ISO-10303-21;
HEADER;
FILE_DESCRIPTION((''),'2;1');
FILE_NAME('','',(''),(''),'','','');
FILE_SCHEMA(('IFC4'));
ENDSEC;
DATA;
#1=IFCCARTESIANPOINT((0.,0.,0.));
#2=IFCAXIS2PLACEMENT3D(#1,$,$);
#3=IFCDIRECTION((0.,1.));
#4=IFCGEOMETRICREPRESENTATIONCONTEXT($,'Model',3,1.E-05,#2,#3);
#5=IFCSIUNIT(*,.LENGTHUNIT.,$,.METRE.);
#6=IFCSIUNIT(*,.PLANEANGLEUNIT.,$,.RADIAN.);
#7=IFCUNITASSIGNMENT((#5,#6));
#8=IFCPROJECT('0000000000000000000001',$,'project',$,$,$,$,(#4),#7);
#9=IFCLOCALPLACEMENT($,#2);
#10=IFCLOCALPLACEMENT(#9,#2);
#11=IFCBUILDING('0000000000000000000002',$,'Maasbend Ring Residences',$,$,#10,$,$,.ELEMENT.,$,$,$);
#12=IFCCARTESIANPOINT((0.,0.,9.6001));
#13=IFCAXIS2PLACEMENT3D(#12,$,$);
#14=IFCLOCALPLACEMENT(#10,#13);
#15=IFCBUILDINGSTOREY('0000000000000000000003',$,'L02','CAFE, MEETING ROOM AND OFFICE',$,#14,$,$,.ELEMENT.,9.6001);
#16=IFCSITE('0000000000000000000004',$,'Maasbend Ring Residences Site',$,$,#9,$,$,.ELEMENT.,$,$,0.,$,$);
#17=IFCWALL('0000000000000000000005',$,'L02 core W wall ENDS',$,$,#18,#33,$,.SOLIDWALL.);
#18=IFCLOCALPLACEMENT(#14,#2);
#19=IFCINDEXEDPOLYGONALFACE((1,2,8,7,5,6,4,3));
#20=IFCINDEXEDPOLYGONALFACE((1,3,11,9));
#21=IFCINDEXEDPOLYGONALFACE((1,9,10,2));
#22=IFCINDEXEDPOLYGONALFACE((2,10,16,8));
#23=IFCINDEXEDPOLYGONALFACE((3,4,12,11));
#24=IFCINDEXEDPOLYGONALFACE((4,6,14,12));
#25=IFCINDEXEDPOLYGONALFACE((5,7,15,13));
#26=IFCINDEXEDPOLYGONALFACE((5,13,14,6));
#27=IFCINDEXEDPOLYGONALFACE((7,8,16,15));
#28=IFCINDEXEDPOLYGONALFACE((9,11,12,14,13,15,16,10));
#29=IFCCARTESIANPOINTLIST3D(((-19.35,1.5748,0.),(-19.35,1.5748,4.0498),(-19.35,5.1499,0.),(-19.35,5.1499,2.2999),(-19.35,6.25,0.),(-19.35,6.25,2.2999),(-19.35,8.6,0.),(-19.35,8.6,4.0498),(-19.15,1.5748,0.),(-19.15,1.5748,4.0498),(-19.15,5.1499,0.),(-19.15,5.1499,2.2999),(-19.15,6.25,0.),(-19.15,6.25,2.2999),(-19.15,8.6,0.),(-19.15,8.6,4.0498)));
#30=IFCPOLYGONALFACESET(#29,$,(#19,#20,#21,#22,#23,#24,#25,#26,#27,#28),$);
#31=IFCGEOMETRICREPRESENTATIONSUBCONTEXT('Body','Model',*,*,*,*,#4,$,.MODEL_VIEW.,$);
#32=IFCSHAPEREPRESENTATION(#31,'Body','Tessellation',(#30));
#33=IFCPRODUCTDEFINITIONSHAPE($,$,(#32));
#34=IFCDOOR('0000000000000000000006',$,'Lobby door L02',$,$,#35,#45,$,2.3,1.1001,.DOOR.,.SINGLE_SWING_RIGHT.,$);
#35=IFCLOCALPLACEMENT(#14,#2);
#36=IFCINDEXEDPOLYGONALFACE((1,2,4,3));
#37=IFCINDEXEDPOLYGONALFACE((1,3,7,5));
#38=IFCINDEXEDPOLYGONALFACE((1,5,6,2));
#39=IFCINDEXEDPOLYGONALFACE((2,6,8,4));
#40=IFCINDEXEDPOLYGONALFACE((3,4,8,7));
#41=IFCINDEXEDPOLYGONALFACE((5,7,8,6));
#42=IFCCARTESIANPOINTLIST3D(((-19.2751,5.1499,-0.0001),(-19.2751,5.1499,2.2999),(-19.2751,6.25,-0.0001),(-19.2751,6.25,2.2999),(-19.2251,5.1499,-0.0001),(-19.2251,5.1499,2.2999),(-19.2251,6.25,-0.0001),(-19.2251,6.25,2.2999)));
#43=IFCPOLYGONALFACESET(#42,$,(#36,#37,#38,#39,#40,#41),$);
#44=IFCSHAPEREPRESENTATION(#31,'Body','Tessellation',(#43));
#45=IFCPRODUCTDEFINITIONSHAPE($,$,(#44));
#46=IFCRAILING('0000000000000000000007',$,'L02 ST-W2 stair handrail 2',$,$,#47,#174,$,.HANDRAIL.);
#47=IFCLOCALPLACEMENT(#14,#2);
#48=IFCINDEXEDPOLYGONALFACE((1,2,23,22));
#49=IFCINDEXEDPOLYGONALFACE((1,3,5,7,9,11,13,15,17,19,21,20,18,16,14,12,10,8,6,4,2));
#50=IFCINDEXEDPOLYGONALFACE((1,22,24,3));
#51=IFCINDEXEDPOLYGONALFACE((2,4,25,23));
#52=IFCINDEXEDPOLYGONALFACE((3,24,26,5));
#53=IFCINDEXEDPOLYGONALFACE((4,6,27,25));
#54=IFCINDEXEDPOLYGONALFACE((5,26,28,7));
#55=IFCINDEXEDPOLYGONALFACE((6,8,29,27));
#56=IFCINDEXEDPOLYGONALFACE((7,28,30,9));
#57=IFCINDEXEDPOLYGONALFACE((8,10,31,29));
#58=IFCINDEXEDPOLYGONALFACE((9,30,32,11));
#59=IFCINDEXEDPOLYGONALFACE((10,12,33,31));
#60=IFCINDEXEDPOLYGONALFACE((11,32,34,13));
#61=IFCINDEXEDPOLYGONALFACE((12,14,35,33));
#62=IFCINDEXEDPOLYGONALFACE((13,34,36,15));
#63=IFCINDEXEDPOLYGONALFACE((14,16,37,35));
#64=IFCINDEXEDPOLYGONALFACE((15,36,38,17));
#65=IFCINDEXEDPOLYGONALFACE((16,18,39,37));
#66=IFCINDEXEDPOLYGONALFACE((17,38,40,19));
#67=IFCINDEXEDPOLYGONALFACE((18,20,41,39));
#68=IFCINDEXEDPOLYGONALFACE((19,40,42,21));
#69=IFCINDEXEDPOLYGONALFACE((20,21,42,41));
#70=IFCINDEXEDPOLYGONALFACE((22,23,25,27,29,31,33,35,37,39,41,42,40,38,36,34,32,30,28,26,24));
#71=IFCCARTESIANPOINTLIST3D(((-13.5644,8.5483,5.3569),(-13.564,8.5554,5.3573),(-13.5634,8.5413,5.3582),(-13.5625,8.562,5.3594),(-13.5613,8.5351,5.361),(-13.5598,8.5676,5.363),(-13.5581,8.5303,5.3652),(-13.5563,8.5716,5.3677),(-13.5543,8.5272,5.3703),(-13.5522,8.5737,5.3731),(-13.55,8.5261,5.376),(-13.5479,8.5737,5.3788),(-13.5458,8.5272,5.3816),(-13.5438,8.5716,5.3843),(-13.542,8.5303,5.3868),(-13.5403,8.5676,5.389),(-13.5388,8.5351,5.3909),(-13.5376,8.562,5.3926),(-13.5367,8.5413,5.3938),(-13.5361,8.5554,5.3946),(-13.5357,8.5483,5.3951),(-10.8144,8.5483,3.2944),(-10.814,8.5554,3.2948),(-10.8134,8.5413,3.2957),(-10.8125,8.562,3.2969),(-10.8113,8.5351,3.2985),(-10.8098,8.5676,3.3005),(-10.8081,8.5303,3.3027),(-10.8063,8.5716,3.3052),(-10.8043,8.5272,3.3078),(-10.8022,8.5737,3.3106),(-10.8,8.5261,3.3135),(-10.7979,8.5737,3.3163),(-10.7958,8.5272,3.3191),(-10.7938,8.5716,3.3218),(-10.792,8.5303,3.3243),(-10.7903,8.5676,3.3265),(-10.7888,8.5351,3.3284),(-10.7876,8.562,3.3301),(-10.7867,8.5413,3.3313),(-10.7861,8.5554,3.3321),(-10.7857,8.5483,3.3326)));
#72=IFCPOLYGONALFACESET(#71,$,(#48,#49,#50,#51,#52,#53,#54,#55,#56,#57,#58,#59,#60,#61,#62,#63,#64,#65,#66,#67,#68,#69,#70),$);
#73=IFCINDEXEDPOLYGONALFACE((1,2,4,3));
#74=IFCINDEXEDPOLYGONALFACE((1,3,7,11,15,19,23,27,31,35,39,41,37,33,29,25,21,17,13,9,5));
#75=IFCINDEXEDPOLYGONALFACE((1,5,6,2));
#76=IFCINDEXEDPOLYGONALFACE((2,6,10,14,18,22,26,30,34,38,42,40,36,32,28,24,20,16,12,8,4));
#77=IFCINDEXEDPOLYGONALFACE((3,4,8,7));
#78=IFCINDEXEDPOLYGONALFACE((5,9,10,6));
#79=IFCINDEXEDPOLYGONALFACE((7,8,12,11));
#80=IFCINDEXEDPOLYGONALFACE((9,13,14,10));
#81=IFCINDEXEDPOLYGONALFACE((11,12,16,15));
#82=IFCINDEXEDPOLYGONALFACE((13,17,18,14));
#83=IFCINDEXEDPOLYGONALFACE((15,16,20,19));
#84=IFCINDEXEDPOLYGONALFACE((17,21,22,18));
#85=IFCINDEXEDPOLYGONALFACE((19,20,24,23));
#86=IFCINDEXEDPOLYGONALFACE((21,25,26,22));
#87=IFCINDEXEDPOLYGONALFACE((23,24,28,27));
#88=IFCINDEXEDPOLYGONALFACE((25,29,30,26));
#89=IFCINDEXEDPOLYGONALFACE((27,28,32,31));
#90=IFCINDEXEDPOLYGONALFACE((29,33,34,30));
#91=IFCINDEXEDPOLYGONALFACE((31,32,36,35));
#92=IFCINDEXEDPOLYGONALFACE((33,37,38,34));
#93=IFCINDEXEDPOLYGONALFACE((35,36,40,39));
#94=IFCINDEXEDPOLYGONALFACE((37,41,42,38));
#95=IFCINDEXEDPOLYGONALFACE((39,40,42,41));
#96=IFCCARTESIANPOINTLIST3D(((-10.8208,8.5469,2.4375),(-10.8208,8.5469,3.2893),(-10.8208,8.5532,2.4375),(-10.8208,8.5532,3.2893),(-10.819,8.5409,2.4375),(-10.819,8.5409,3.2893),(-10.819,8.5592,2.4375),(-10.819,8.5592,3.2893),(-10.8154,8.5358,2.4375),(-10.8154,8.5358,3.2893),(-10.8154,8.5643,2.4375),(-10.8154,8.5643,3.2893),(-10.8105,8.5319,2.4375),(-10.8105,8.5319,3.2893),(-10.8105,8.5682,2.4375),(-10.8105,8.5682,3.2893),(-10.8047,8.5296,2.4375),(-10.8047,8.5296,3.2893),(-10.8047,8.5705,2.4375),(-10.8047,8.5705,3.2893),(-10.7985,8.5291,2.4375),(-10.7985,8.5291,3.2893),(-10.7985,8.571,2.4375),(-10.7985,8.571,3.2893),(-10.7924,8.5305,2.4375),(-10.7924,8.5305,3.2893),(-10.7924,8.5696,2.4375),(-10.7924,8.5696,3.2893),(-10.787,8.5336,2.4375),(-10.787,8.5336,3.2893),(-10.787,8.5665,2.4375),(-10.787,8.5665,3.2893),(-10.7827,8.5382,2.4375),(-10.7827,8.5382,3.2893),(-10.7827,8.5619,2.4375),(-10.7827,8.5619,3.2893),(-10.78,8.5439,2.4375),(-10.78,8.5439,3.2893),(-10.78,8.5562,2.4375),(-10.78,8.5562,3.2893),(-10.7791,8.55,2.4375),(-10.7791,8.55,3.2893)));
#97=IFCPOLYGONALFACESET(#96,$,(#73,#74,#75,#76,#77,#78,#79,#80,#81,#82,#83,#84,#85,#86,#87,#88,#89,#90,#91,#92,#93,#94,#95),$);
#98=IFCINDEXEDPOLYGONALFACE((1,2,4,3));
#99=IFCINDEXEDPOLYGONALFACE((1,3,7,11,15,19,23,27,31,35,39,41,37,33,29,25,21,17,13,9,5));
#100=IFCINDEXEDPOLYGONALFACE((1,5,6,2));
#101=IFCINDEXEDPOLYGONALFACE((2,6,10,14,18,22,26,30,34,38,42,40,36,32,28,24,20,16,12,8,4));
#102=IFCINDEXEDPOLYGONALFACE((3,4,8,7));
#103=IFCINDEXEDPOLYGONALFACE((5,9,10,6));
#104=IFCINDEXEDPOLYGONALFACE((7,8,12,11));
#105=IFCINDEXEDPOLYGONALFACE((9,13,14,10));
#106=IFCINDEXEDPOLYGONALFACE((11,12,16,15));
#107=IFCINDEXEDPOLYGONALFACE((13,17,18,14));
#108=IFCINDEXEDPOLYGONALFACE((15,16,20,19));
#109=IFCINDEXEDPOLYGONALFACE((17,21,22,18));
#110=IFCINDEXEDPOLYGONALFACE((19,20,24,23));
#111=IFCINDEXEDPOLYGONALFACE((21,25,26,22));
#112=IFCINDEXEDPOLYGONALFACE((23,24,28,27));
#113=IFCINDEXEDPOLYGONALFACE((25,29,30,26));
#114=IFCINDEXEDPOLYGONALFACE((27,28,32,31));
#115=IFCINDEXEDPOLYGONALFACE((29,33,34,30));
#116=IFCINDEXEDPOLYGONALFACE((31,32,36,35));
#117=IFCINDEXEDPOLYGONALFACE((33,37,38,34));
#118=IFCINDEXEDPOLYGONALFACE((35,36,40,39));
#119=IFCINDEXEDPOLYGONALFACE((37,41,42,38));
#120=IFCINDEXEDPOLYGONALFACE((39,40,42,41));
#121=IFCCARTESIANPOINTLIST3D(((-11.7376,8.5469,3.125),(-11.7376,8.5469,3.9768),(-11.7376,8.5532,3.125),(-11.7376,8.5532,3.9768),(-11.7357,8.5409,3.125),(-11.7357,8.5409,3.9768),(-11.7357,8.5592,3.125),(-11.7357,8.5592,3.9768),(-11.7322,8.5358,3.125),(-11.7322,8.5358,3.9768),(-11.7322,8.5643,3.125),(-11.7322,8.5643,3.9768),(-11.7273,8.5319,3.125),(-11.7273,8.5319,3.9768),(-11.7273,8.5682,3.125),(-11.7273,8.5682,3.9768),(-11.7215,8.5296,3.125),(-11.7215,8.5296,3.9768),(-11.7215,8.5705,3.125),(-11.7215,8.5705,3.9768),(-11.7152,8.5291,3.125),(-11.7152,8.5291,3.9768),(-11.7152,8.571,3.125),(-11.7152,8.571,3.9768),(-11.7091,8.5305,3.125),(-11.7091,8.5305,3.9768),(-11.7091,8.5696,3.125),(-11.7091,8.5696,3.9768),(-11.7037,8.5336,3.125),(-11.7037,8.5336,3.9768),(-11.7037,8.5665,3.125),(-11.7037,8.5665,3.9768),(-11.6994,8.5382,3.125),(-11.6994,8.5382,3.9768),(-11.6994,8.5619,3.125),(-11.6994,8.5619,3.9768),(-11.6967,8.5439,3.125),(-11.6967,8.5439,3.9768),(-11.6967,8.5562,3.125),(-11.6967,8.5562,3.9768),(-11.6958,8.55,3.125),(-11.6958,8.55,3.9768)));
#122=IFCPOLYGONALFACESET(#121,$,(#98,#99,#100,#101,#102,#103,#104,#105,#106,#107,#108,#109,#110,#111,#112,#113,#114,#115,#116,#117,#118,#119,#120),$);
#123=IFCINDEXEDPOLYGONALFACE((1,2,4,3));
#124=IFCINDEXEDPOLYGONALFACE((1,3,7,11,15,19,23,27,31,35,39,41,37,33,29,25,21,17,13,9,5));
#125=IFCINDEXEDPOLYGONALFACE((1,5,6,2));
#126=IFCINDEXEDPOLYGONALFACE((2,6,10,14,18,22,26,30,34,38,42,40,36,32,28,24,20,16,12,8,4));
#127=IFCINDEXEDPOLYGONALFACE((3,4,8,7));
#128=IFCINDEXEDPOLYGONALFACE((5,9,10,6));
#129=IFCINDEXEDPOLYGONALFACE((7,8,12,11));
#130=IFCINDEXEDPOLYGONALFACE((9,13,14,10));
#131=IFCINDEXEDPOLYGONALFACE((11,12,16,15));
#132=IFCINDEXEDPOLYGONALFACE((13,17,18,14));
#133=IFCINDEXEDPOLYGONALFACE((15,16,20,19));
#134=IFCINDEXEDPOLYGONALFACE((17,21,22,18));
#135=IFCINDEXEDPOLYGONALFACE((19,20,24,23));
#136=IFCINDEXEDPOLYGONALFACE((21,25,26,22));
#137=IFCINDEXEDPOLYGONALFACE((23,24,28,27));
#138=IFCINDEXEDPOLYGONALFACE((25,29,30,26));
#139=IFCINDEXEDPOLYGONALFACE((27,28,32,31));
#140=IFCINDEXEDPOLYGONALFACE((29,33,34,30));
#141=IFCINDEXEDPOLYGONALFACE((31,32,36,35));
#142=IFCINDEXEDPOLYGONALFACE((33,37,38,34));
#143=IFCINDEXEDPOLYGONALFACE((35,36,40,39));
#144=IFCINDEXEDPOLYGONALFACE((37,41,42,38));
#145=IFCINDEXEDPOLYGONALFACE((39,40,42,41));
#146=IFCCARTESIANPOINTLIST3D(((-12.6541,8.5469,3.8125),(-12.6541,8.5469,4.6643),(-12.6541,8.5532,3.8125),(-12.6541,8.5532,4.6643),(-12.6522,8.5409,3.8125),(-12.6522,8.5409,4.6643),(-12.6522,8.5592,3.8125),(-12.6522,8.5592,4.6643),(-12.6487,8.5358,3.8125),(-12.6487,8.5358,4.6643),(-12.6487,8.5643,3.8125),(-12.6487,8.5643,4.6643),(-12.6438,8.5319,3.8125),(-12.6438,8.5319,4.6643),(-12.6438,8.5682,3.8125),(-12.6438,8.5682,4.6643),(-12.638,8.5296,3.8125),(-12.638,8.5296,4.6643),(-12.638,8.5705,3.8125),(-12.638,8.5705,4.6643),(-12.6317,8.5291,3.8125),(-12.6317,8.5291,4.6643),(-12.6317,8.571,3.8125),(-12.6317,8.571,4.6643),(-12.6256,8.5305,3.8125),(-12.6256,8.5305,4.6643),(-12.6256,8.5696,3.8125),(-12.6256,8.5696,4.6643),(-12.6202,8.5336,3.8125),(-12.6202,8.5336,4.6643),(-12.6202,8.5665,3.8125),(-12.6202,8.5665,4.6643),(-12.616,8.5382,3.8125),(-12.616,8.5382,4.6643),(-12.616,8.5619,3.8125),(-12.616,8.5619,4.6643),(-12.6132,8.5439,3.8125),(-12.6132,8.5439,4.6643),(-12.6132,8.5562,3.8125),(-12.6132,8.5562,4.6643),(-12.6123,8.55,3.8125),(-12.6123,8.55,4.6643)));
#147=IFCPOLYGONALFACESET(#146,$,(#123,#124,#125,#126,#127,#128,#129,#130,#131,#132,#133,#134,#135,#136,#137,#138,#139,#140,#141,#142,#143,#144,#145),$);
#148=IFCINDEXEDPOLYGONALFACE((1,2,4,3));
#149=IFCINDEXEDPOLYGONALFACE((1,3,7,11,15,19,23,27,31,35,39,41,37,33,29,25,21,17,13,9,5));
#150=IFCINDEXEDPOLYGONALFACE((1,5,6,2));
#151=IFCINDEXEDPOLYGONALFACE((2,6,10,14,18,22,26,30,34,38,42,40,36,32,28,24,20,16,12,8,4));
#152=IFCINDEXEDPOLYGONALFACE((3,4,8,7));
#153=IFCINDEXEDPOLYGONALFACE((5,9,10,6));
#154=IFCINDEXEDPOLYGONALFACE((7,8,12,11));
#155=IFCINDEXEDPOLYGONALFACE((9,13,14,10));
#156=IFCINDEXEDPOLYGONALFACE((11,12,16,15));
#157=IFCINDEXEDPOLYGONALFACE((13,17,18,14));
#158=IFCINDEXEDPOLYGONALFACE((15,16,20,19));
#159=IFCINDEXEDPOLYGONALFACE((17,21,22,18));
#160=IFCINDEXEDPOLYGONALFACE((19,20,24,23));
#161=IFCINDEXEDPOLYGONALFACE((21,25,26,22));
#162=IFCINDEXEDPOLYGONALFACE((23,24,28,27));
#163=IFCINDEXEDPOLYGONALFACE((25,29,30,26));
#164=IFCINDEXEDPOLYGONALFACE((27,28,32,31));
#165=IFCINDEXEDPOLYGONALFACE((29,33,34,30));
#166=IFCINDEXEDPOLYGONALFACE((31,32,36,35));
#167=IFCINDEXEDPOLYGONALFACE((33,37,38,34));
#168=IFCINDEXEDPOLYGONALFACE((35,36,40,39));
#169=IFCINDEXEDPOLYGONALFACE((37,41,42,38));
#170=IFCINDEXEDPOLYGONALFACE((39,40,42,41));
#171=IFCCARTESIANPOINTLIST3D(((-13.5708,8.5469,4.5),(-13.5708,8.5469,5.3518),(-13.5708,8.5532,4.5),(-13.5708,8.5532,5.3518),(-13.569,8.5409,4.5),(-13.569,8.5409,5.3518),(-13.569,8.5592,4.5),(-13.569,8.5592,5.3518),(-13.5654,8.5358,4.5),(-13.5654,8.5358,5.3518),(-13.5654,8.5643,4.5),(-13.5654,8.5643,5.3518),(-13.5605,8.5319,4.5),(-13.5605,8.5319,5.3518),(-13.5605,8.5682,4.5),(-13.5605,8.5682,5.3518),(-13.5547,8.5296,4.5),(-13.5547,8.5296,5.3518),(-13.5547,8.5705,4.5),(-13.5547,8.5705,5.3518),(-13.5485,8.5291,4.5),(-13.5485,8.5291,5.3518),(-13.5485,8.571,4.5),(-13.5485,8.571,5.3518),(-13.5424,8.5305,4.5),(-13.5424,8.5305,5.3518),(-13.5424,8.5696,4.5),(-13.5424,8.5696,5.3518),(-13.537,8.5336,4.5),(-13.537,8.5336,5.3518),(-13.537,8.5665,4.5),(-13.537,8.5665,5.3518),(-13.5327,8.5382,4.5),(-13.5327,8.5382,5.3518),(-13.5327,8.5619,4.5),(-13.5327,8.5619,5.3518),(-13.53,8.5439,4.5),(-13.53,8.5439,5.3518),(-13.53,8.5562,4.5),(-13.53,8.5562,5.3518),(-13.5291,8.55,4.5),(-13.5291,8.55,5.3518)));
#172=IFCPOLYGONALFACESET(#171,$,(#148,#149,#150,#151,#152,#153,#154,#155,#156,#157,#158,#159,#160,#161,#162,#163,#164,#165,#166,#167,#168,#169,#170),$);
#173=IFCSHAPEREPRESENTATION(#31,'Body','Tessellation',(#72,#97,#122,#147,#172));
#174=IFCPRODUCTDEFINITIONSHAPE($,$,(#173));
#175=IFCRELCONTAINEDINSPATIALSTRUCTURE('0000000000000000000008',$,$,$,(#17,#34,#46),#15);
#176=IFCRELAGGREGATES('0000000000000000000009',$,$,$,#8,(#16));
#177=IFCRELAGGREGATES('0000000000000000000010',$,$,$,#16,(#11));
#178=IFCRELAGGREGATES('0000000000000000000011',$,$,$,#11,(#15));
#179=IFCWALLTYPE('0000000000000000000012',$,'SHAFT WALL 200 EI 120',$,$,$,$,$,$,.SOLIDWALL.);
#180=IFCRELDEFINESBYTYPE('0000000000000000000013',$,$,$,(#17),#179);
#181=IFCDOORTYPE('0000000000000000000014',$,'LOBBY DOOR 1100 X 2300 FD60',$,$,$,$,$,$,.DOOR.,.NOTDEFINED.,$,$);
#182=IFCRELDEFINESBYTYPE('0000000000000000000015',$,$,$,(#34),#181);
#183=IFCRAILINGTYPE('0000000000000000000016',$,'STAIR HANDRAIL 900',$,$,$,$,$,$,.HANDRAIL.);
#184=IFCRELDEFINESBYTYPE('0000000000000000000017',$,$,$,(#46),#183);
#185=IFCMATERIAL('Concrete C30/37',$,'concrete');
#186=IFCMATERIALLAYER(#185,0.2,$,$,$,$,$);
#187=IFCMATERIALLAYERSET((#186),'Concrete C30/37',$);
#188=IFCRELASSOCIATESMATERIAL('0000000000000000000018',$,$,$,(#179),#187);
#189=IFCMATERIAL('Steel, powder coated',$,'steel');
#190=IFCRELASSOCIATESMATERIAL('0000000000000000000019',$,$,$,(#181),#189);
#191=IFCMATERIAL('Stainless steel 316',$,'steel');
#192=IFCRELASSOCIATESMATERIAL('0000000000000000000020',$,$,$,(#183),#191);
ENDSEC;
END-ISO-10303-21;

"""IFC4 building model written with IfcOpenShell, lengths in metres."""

from ifc_helpers import new_model, si_unit, direction, frame, frame_2d, origin, origin_2d, place, context, subcontext, project, spatial, rectangle, circle, extrude, material, layer, layer_set, type_object, element, fill, save


model = new_model("IFC4")

# Units and contexts
model_context = context("Model", 3, precision=1e-05, world=origin(), true_north=direction((0.0, 1.0)))
body_context = subcontext(model_context, "Body", "Model", "MODEL_VIEW")
ifc_project = project(units=[si_unit("LENGTHUNIT", "METRE"), si_unit("PLANEANGLEUNIT", "RADIAN")], contexts=[model_context])

# Site, building, storey
site_placement = place(None, origin())
site = spatial("IfcSite", under=ifc_project, at=site_placement, Name="Maasbend Ring Residences Site", CompositionType="ELEMENT", RefElevation=0.0)
building_placement = place(site_placement, origin())
building = spatial("IfcBuilding", under=site, at=building_placement, Name="Maasbend Ring Residences", CompositionType="ELEMENT")
storey_placement = place(building_placement, frame((0.0, 0.0, 9.6001)))
storey = spatial("IfcBuildingStorey", under=building, at=storey_placement, Name="L02", Description="CAFE, MEETING ROOM AND OFFICE", CompositionType="ELEMENT", Elevation=9.6001)

# Wall, opening, door
ifc_material_1 = material(Name="Concrete C30/37", Category="concrete")
ifc_layer_1 = layer(ifc_material_1, 0.2)
ifc_layer_set_1 = layer_set([ifc_layer_1], Name="Concrete C30/37")
wall_type_1 = type_object("IfcWallType", Name="SHAFT WALL 200 EI 120", PredefinedType="SOLIDWALL", material=ifc_layer_set_1)
wall_1_placement = place(storey_placement, frame((-19.25, 8.6001, 0.0), z_axis=(0.0, 0.0, 1.0), x_axis=(0.0, -1.0, 0.0)))
wall_1 = element("IfcWall", 1, at=wall_1_placement, inside=storey, type_object=wall_type_1, Name="L02 core W wall ENDS", PredefinedType="SOLIDWALL", context=body_context, shape_type="SweptSolid", body=[
    extrude(rectangle(XDim=7.0251, YDim=0.2, at=frame_2d((3.5127, 0.0))), origin(), (0.0, 0.0, 1.0), 4.0498),
])
opening_1_placement = place(wall_1_placement, frame((2.3501, 0.0, 0.0)))
opening_1 = element("IfcOpeningElement", 2, at=opening_1_placement, cuts=wall_1, PredefinedType="OPENING", context=body_context, shape_type="SweptSolid", body=[
    extrude(rectangle(XDim=1.1001, YDim=2.3, at=frame_2d((0.55, 1.1499))), frame((0.0, 0.1099, 0.0), z_axis=(0.0, -1.0, 0.0), x_axis=(1.0, 0.0, 0.0)), (0.0, 0.0, 1.0), 0.22),
])
ifc_material_2 = material(Name="Steel, powder coated", Category="steel")
door_type_1 = type_object("IfcDoorType", Name="LOBBY DOOR 1100 X 2300 FD60", OperationType="NOTDEFINED", PredefinedType="DOOR", material=ifc_material_2)
door_1_placement = place(opening_1_placement, origin())
door_1 = element("IfcDoor", 3, at=door_1_placement, inside=storey, type_object=door_type_1, Name="Lobby door L02", OperationType="SINGLE_SWING_RIGHT", OverallHeight=2.3, OverallWidth=1.1001, PredefinedType="DOOR", context=body_context, shape_type="SweptSolid", body=[
    extrude(rectangle(XDim=1.1001, YDim=2.3, at=frame_2d((0.55, 1.1499))), frame((0.0, 0.0249, 0.0), z_axis=(0.0, -1.0, 0.0), x_axis=(1.0, 0.0, 0.0)), (0.0, 0.0, 1.0), 0.05),
])
fill(opening_1, door_1)

# Railing
ifc_material_3 = material(Name="Stainless steel 316", Category="steel")
railing_type = type_object("IfcRailingType", Name="STAIR HANDRAIL 900", PredefinedType="HANDRAIL", material=ifc_material_3)
railing_placement = place(storey_placement, frame((-10.8, 8.55, 2.4375)))
element("IfcRailing", 4, at=railing_placement, inside=storey, type_object=railing_type, Name="L02 ST-W2 stair handrail 2", PredefinedType="HANDRAIL", context=body_context, shape_type="SweptSolid", body=[
    extrude(circle(Radius=0.0239, at=origin_2d()), frame((0.0, 0.0, 0.876), z_axis=(-0.8, 0.0, 0.6), x_axis=(0.0, -1.0, 0.0)), (0.0, 0.0, 1.0), 3.4375),
    extrude(circle(Radius=0.021, at=origin_2d()), origin(), (0.0, 0.0, 1.0), 0.8518),
    extrude(circle(Radius=0.021, at=origin_2d()), frame((-0.9167, 0.0, 0.6875)), (0.0, 0.0, 1.0), 0.8518),
    extrude(circle(Radius=0.021, at=origin_2d()), frame((-1.8333, 0.0, 1.375)), (0.0, 0.0, 1.0), 0.8518),
    extrude(circle(Radius=0.021, at=origin_2d()), frame((-2.75, 0.0, 2.0625)), (0.0, 0.0, 1.0), 0.8518),
])

save(model, "model.ifc")
